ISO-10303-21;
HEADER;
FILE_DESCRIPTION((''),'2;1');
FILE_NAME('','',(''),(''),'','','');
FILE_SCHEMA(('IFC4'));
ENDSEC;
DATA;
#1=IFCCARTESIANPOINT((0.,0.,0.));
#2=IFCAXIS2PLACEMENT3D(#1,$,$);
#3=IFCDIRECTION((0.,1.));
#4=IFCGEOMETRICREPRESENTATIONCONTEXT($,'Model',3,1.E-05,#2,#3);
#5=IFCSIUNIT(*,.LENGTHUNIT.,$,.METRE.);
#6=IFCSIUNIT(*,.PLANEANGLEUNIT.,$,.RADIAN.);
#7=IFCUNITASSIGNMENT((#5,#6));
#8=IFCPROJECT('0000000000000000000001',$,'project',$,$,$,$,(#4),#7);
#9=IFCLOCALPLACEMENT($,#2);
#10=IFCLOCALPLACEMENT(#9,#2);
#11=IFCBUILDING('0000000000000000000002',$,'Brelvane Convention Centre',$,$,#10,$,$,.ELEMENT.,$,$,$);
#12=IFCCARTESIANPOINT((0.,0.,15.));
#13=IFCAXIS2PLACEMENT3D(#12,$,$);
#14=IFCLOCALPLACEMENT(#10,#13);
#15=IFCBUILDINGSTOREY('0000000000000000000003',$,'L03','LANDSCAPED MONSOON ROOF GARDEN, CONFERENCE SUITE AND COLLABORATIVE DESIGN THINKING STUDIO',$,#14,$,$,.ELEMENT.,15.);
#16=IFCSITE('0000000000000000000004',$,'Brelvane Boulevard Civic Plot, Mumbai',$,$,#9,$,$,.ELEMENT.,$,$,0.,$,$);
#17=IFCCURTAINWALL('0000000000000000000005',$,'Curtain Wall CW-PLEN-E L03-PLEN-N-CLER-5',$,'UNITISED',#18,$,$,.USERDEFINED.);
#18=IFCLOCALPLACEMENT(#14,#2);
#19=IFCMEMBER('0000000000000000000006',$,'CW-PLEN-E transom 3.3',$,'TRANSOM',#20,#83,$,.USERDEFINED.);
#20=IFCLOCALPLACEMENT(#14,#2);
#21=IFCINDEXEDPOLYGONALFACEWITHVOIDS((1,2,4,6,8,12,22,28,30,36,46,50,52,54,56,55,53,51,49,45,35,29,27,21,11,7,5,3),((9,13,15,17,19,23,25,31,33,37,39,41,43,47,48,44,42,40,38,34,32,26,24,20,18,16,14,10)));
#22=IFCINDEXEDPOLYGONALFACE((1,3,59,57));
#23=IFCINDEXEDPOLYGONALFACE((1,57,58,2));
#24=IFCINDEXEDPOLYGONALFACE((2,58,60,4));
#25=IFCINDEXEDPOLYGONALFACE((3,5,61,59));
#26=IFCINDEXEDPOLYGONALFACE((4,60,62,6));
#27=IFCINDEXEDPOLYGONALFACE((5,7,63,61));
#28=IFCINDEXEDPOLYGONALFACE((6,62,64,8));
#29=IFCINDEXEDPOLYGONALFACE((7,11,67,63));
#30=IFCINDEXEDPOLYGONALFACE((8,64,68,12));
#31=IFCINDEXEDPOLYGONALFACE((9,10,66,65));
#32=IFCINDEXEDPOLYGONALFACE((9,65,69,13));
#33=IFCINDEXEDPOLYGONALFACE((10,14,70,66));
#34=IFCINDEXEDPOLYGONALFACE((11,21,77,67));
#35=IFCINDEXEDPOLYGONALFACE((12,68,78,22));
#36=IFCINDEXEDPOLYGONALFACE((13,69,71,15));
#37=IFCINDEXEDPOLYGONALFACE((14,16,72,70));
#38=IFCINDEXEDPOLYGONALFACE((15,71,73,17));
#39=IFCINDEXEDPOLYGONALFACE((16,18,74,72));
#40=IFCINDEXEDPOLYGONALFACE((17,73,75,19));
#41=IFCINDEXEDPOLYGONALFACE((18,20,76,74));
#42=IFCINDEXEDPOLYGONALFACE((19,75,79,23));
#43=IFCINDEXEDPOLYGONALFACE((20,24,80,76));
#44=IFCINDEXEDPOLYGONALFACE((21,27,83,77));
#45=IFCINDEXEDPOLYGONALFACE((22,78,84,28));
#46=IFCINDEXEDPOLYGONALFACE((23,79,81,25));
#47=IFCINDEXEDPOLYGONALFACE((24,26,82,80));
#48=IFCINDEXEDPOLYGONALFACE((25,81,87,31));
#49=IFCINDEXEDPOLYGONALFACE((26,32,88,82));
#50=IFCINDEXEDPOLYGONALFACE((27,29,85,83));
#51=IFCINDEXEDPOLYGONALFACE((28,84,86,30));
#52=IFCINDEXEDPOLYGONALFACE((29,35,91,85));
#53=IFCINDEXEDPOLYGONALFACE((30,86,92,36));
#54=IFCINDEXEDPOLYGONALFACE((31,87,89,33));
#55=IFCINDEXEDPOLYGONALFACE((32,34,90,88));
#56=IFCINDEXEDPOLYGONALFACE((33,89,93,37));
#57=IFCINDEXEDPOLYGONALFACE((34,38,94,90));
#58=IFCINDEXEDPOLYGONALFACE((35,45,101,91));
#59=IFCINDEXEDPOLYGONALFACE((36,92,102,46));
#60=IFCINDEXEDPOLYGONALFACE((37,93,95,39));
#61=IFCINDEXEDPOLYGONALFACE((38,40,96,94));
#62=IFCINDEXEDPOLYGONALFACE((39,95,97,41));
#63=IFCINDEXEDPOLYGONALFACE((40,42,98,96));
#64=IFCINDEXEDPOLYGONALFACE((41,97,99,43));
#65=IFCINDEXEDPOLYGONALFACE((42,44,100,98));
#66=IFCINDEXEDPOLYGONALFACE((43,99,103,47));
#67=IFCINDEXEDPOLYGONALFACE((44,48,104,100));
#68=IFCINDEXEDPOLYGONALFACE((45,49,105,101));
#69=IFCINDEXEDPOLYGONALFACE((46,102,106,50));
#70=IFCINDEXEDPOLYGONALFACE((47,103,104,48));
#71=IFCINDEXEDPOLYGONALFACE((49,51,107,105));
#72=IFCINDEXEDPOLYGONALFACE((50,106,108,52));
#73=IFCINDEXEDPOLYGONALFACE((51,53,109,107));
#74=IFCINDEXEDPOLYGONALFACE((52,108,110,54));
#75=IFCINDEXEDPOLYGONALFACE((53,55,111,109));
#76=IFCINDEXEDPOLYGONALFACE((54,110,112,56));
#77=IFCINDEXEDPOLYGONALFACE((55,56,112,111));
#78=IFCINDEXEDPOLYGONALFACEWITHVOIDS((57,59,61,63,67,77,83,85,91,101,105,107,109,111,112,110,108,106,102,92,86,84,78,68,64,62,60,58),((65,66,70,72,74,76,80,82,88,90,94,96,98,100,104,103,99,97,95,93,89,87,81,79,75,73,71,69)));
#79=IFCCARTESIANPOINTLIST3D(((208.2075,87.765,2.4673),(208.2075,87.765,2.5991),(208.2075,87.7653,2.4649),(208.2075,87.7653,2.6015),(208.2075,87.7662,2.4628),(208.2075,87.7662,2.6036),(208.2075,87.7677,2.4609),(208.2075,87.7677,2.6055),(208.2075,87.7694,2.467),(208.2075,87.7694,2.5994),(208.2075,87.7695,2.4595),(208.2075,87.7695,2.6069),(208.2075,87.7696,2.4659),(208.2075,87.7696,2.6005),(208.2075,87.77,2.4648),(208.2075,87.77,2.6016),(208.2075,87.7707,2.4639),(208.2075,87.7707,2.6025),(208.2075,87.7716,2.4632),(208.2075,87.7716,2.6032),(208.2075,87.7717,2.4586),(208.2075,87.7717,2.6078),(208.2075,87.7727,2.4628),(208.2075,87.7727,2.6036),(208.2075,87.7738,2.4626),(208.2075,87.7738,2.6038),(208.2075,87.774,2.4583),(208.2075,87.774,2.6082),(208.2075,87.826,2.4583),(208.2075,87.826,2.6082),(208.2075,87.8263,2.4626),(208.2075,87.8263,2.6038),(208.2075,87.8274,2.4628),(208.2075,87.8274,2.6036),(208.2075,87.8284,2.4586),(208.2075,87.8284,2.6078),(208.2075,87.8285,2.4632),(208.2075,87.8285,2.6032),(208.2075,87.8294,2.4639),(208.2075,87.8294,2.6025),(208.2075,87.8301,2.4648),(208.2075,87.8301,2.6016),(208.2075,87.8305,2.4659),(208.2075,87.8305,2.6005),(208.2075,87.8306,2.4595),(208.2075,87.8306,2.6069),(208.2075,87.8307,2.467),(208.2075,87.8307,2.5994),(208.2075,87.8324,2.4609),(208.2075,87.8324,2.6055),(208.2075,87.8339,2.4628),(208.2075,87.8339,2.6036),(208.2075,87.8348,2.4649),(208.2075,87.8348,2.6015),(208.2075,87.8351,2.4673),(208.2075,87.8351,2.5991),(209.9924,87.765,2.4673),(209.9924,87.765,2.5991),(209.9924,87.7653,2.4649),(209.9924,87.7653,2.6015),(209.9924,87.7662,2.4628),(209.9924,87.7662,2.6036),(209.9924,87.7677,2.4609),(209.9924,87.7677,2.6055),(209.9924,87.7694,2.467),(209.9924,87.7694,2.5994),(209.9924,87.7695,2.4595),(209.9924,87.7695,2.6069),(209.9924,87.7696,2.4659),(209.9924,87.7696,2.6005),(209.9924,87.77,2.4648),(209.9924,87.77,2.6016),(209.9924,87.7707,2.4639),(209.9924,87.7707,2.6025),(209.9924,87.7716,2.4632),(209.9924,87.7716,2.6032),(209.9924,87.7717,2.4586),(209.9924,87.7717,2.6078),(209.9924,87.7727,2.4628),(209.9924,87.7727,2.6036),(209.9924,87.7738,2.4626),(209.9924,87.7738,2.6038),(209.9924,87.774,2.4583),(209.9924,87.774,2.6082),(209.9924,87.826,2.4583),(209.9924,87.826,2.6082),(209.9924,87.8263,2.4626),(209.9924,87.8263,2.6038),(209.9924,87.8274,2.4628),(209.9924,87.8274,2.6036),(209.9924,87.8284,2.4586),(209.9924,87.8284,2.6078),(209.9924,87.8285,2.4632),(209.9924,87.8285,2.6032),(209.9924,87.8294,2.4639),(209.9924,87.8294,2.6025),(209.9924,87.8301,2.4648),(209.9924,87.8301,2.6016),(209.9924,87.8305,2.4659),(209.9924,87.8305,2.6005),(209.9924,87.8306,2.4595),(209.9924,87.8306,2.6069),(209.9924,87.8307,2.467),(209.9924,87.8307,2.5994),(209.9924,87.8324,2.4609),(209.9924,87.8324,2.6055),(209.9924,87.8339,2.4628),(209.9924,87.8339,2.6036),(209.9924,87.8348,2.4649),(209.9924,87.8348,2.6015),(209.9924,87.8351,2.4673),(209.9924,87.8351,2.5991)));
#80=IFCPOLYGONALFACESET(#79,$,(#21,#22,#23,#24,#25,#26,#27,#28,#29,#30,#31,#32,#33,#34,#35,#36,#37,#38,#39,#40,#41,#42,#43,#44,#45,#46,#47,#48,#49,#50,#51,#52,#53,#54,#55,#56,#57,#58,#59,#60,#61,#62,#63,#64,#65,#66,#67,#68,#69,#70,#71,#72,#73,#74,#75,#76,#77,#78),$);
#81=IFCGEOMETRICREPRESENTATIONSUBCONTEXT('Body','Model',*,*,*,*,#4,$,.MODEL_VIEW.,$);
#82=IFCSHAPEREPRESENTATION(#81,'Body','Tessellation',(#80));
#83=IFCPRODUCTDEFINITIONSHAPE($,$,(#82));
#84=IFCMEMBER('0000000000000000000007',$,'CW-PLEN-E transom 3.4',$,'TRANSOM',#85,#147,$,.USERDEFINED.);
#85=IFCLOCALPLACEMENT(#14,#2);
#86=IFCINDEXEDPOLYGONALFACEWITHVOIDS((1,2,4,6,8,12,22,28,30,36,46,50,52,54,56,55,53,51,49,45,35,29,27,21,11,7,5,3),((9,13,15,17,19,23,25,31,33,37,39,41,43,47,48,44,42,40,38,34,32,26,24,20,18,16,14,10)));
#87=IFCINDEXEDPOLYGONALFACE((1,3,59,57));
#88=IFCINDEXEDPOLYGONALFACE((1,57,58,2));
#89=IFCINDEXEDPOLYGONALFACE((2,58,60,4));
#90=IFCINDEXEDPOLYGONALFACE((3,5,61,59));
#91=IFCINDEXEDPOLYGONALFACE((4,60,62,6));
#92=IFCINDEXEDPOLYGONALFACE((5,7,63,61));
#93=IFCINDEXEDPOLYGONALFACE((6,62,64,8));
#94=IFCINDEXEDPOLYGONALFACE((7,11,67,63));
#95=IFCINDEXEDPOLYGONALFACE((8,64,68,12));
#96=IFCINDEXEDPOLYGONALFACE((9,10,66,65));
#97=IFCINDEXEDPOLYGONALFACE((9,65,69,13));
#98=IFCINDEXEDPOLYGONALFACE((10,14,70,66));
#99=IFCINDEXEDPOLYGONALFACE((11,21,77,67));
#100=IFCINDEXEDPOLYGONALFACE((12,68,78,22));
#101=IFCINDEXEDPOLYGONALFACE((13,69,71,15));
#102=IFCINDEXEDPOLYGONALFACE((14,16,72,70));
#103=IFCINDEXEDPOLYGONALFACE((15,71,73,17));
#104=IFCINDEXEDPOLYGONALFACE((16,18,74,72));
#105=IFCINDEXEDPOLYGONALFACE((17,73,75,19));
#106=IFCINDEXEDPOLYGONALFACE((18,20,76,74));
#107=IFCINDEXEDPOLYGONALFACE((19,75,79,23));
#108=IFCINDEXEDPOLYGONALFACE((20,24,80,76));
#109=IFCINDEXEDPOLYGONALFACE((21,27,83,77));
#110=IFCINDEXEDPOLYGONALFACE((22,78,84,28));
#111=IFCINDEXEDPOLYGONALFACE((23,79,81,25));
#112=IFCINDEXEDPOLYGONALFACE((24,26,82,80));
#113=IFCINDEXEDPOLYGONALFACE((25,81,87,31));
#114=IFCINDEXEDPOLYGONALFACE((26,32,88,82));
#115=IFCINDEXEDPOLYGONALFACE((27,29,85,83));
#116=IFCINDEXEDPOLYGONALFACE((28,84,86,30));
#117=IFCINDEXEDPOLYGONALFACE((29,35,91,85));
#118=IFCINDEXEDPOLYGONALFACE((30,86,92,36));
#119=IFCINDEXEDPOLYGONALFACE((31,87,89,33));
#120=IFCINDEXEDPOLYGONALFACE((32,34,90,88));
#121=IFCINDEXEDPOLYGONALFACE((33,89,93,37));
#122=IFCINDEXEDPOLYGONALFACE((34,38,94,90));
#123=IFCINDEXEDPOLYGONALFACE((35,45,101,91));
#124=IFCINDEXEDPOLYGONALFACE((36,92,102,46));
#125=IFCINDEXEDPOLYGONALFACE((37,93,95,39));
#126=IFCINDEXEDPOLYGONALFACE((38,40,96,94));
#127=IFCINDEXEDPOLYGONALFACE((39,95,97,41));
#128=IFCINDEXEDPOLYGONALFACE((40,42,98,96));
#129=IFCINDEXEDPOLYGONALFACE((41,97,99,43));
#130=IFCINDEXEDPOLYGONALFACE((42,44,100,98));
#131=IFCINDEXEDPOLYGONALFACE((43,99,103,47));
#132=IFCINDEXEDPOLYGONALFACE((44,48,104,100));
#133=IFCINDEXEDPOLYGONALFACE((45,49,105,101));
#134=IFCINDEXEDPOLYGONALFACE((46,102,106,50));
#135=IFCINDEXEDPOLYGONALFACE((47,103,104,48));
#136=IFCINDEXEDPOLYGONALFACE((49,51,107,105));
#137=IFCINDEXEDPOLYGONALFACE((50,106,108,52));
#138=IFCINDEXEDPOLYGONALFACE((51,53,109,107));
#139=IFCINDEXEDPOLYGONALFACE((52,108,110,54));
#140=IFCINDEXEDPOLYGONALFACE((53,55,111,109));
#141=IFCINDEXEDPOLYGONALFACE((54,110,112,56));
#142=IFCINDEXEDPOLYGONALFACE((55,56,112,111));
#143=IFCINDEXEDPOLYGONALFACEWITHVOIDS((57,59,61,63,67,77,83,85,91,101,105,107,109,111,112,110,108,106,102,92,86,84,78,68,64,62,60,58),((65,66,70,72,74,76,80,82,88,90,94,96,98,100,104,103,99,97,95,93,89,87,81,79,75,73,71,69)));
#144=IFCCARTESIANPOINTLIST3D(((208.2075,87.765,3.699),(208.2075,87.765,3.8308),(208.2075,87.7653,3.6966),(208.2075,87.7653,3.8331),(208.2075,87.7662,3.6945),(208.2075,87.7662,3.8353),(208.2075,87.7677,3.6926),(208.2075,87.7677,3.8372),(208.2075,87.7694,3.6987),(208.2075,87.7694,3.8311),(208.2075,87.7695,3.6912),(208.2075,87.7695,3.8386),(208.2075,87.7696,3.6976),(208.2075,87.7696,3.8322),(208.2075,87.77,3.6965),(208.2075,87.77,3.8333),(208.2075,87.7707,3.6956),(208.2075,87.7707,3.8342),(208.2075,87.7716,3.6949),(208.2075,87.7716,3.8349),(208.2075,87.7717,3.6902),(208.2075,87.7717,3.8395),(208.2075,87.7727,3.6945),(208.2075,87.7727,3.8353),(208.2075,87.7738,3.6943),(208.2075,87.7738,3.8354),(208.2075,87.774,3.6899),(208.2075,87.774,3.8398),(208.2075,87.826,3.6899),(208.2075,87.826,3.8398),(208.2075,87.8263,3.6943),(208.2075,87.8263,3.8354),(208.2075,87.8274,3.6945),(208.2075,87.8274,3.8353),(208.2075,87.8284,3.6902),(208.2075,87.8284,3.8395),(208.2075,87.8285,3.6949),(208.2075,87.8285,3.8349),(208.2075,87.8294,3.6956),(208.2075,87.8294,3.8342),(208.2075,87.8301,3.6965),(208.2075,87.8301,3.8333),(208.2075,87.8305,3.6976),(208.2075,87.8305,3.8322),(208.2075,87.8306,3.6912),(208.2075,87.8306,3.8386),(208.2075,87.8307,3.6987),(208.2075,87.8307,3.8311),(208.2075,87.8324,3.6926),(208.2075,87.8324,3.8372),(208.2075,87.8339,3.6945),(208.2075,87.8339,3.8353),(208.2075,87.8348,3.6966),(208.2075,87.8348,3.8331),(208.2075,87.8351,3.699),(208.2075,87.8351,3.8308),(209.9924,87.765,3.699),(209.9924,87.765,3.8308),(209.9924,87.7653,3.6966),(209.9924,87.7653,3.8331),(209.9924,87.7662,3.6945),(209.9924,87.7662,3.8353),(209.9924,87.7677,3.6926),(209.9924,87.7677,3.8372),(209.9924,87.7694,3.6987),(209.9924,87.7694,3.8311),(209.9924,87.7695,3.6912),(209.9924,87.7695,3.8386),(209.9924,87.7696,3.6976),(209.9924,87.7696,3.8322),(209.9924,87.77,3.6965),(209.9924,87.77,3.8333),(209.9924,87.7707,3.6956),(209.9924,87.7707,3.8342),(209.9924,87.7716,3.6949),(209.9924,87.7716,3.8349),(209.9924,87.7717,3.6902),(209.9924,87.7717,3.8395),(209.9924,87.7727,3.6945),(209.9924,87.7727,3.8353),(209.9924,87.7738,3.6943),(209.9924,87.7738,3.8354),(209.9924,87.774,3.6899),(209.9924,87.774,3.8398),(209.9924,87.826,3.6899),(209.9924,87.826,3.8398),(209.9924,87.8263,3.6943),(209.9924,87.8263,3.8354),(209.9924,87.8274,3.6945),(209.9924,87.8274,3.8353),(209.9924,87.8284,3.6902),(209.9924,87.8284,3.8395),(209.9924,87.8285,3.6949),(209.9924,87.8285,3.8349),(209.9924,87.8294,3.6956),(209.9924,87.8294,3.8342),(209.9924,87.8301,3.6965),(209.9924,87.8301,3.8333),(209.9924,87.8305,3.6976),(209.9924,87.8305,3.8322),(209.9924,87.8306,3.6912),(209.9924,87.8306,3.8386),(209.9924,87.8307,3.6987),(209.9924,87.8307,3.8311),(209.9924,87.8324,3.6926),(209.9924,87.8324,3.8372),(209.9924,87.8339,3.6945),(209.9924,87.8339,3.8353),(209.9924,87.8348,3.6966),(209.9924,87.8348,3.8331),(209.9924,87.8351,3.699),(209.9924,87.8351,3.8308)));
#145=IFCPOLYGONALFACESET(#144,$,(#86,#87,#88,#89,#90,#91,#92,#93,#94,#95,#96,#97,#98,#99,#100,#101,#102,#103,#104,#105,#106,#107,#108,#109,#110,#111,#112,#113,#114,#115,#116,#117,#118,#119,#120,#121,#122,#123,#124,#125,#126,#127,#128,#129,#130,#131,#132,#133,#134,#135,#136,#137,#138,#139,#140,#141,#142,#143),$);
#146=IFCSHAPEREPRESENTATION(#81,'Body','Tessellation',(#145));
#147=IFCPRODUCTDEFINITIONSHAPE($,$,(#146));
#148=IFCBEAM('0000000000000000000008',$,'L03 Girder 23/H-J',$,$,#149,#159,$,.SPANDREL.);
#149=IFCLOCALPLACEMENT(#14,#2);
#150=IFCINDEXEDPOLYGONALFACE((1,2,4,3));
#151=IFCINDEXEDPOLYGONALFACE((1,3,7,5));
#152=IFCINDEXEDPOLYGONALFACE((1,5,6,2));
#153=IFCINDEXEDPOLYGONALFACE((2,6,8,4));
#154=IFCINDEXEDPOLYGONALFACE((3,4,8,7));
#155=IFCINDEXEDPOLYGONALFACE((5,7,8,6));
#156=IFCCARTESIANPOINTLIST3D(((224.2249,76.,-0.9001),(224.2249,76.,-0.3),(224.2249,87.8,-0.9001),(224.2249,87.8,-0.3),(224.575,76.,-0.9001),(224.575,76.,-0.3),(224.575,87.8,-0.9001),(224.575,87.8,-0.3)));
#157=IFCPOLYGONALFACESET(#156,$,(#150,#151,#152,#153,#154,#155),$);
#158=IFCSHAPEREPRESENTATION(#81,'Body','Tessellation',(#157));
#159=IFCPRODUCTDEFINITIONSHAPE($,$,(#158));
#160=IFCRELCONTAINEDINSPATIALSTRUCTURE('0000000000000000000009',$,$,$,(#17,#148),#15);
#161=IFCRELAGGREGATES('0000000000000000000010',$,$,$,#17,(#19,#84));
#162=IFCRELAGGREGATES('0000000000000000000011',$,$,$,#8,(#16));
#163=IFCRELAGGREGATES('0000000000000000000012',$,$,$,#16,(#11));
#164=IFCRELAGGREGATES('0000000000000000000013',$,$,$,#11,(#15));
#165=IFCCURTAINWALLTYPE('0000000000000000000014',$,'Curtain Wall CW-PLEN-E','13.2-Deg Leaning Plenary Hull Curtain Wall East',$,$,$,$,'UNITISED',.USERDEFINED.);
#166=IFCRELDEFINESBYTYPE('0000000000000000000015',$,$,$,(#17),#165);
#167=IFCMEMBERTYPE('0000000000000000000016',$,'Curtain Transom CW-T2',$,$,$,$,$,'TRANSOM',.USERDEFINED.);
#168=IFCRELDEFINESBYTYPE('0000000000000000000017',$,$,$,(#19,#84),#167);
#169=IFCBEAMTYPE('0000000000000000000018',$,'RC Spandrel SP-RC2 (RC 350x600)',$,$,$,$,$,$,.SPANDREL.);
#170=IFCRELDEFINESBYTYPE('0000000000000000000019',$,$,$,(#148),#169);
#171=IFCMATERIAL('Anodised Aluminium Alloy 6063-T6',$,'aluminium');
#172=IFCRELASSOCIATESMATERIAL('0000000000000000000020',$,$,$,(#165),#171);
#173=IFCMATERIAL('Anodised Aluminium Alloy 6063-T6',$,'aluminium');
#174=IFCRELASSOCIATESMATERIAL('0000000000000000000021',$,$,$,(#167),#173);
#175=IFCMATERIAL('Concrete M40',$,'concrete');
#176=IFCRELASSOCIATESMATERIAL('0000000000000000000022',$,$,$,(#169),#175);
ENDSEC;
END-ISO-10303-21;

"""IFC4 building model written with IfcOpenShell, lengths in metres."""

from ifc_helpers import new_model, si_unit, direction, frame, origin, origin_2d, place, context, subcontext, project, spatial, rectangle, hollow_rectangle, extrude, material, material_profile, profile_set, type_object, element, aggregate, save


model = new_model("IFC4")

# Units and contexts
model_context = context("Model", 3, precision=1e-05, world=origin(), true_north=direction((0.0, 1.0)))
body_context = subcontext(model_context, "Body", "Model", "MODEL_VIEW")
ifc_project = project(units=[si_unit("LENGTHUNIT", "METRE"), si_unit("PLANEANGLEUNIT", "RADIAN")], contexts=[model_context])

# Site, building, storey
site_placement = place(None, origin())
site = spatial("IfcSite", under=ifc_project, at=site_placement, Name="Brelvane Boulevard Civic Plot, Mumbai", CompositionType="ELEMENT", RefElevation=0.0)
building_placement = place(site_placement, origin())
building = spatial("IfcBuilding", under=site, at=building_placement, Name="Brelvane Convention Centre", CompositionType="ELEMENT")
storey_placement = place(building_placement, frame((0.0, 0.0, 15.0)))
storey = spatial("IfcBuildingStorey", under=building, at=storey_placement, Name="L03", Description="LANDSCAPED MONSOON ROOF GARDEN, CONFERENCE SUITE AND COLLABORATIVE DESIGN THINKING STUDIO", CompositionType="ELEMENT", Elevation=15.0)

# Curtain wall, members
ifc_material_1 = material(Name="Anodised Aluminium Alloy 6063-T6", Category="aluminium")
curtain_wall_type = type_object("IfcCurtainWallType", Name="Curtain Wall CW-PLEN-E", Description="13.2-Deg Leaning Plenary Hull Curtain Wall East", ElementType="UNITISED", PredefinedType="USERDEFINED", material=ifc_material_1)
curtain_wall_placement = place(storey_placement, origin())
curtain_wall = element("IfcCurtainWall", 1, at=curtain_wall_placement, inside=storey, type_object=curtain_wall_type, Name="Curtain Wall CW-PLEN-E L03-PLEN-N-CLER-5", ObjectType="UNITISED", PredefinedType="USERDEFINED")
ifc_material_2 = material(Name="Anodised Aluminium Alloy 6063-T6", Category="aluminium")
ifc_material_profile_1 = material_profile(ifc_material_2, hollow_rectangle(XDim=0.0701, YDim=0.1499, WallThickness=0.0044, InnerFilletRadius=0.0044, OuterFilletRadius=0.009, at=origin_2d()), Name="ALU-T 150x70x4.5")
ifc_profile_set_1 = profile_set([ifc_material_profile_1], Name="Anodised Aluminium Alloy 6063-T6")
member_type_1 = type_object("IfcMemberType", Name="Curtain Transom CW-T2", ElementType="TRANSOM", PredefinedType="USERDEFINED", material=ifc_profile_set_1)
member_1_placement = place(storey_placement, frame((208.2075, 87.8, 2.5332), z_axis=(1.0, 0.0, 0.0), x_axis=(0.0, 1.0, 0.0)))
member_1 = element("IfcMember", 2, at=member_1_placement, type_object=member_type_1, Name="CW-PLEN-E transom 3.3", ObjectType="TRANSOM", PredefinedType="USERDEFINED", context=body_context, shape_type="SweptSolid", body=[
    extrude(hollow_rectangle(XDim=0.0701, YDim=0.1499, WallThickness=0.0044, InnerFilletRadius=0.0044, OuterFilletRadius=0.009, at=origin_2d()), origin(), (0.0, 0.0, 1.0), 1.7849),
])
member_2_placement = place(storey_placement, frame((208.2075, 87.8, 3.7649), z_axis=(1.0, 0.0, 0.0), x_axis=(0.0, 1.0, 0.0)))
member_2 = element("IfcMember", 3, at=member_2_placement, type_object=member_type_1, Name="CW-PLEN-E transom 3.4", ObjectType="TRANSOM", PredefinedType="USERDEFINED", context=body_context, shape_type="SweptSolid", body=[
    extrude(hollow_rectangle(XDim=0.0701, YDim=0.1499, WallThickness=0.0044, InnerFilletRadius=0.0044, OuterFilletRadius=0.009, at=origin_2d()), origin(), (0.0, 0.0, 1.0), 1.7849),
])

# Beam
ifc_material_3 = material(Name="Concrete M40", Category="concrete")
ifc_material_profile_2 = material_profile(ifc_material_3, rectangle(XDim=0.3501, YDim=0.6001, at=origin_2d()), Name="RC 350x600")
ifc_profile_set_2 = profile_set([ifc_material_profile_2], Name="Concrete M40")
beam_type_1 = type_object("IfcBeamType", Name="RC Spandrel SP-RC2 (RC 350x600)", PredefinedType="SPANDREL", material=ifc_profile_set_2)
beam_1_placement = place(storey_placement, frame((224.3999, 76.0, -0.6001), z_axis=(0.0, 1.0, 0.0), x_axis=(-1.0, 0.0, 0.0)))
element("IfcBeam", 4, at=beam_1_placement, inside=storey, type_object=beam_type_1, Name="L03 Girder 23/H-J", PredefinedType="SPANDREL", context=body_context, shape_type="SweptSolid", body=[
    extrude(rectangle(XDim=0.3501, YDim=0.6001, at=origin_2d()), origin(), (0.0, 0.0, 1.0), 11.8),
])

aggregate(curtain_wall, [member_1, member_2])

save(model, "model.ifc")
